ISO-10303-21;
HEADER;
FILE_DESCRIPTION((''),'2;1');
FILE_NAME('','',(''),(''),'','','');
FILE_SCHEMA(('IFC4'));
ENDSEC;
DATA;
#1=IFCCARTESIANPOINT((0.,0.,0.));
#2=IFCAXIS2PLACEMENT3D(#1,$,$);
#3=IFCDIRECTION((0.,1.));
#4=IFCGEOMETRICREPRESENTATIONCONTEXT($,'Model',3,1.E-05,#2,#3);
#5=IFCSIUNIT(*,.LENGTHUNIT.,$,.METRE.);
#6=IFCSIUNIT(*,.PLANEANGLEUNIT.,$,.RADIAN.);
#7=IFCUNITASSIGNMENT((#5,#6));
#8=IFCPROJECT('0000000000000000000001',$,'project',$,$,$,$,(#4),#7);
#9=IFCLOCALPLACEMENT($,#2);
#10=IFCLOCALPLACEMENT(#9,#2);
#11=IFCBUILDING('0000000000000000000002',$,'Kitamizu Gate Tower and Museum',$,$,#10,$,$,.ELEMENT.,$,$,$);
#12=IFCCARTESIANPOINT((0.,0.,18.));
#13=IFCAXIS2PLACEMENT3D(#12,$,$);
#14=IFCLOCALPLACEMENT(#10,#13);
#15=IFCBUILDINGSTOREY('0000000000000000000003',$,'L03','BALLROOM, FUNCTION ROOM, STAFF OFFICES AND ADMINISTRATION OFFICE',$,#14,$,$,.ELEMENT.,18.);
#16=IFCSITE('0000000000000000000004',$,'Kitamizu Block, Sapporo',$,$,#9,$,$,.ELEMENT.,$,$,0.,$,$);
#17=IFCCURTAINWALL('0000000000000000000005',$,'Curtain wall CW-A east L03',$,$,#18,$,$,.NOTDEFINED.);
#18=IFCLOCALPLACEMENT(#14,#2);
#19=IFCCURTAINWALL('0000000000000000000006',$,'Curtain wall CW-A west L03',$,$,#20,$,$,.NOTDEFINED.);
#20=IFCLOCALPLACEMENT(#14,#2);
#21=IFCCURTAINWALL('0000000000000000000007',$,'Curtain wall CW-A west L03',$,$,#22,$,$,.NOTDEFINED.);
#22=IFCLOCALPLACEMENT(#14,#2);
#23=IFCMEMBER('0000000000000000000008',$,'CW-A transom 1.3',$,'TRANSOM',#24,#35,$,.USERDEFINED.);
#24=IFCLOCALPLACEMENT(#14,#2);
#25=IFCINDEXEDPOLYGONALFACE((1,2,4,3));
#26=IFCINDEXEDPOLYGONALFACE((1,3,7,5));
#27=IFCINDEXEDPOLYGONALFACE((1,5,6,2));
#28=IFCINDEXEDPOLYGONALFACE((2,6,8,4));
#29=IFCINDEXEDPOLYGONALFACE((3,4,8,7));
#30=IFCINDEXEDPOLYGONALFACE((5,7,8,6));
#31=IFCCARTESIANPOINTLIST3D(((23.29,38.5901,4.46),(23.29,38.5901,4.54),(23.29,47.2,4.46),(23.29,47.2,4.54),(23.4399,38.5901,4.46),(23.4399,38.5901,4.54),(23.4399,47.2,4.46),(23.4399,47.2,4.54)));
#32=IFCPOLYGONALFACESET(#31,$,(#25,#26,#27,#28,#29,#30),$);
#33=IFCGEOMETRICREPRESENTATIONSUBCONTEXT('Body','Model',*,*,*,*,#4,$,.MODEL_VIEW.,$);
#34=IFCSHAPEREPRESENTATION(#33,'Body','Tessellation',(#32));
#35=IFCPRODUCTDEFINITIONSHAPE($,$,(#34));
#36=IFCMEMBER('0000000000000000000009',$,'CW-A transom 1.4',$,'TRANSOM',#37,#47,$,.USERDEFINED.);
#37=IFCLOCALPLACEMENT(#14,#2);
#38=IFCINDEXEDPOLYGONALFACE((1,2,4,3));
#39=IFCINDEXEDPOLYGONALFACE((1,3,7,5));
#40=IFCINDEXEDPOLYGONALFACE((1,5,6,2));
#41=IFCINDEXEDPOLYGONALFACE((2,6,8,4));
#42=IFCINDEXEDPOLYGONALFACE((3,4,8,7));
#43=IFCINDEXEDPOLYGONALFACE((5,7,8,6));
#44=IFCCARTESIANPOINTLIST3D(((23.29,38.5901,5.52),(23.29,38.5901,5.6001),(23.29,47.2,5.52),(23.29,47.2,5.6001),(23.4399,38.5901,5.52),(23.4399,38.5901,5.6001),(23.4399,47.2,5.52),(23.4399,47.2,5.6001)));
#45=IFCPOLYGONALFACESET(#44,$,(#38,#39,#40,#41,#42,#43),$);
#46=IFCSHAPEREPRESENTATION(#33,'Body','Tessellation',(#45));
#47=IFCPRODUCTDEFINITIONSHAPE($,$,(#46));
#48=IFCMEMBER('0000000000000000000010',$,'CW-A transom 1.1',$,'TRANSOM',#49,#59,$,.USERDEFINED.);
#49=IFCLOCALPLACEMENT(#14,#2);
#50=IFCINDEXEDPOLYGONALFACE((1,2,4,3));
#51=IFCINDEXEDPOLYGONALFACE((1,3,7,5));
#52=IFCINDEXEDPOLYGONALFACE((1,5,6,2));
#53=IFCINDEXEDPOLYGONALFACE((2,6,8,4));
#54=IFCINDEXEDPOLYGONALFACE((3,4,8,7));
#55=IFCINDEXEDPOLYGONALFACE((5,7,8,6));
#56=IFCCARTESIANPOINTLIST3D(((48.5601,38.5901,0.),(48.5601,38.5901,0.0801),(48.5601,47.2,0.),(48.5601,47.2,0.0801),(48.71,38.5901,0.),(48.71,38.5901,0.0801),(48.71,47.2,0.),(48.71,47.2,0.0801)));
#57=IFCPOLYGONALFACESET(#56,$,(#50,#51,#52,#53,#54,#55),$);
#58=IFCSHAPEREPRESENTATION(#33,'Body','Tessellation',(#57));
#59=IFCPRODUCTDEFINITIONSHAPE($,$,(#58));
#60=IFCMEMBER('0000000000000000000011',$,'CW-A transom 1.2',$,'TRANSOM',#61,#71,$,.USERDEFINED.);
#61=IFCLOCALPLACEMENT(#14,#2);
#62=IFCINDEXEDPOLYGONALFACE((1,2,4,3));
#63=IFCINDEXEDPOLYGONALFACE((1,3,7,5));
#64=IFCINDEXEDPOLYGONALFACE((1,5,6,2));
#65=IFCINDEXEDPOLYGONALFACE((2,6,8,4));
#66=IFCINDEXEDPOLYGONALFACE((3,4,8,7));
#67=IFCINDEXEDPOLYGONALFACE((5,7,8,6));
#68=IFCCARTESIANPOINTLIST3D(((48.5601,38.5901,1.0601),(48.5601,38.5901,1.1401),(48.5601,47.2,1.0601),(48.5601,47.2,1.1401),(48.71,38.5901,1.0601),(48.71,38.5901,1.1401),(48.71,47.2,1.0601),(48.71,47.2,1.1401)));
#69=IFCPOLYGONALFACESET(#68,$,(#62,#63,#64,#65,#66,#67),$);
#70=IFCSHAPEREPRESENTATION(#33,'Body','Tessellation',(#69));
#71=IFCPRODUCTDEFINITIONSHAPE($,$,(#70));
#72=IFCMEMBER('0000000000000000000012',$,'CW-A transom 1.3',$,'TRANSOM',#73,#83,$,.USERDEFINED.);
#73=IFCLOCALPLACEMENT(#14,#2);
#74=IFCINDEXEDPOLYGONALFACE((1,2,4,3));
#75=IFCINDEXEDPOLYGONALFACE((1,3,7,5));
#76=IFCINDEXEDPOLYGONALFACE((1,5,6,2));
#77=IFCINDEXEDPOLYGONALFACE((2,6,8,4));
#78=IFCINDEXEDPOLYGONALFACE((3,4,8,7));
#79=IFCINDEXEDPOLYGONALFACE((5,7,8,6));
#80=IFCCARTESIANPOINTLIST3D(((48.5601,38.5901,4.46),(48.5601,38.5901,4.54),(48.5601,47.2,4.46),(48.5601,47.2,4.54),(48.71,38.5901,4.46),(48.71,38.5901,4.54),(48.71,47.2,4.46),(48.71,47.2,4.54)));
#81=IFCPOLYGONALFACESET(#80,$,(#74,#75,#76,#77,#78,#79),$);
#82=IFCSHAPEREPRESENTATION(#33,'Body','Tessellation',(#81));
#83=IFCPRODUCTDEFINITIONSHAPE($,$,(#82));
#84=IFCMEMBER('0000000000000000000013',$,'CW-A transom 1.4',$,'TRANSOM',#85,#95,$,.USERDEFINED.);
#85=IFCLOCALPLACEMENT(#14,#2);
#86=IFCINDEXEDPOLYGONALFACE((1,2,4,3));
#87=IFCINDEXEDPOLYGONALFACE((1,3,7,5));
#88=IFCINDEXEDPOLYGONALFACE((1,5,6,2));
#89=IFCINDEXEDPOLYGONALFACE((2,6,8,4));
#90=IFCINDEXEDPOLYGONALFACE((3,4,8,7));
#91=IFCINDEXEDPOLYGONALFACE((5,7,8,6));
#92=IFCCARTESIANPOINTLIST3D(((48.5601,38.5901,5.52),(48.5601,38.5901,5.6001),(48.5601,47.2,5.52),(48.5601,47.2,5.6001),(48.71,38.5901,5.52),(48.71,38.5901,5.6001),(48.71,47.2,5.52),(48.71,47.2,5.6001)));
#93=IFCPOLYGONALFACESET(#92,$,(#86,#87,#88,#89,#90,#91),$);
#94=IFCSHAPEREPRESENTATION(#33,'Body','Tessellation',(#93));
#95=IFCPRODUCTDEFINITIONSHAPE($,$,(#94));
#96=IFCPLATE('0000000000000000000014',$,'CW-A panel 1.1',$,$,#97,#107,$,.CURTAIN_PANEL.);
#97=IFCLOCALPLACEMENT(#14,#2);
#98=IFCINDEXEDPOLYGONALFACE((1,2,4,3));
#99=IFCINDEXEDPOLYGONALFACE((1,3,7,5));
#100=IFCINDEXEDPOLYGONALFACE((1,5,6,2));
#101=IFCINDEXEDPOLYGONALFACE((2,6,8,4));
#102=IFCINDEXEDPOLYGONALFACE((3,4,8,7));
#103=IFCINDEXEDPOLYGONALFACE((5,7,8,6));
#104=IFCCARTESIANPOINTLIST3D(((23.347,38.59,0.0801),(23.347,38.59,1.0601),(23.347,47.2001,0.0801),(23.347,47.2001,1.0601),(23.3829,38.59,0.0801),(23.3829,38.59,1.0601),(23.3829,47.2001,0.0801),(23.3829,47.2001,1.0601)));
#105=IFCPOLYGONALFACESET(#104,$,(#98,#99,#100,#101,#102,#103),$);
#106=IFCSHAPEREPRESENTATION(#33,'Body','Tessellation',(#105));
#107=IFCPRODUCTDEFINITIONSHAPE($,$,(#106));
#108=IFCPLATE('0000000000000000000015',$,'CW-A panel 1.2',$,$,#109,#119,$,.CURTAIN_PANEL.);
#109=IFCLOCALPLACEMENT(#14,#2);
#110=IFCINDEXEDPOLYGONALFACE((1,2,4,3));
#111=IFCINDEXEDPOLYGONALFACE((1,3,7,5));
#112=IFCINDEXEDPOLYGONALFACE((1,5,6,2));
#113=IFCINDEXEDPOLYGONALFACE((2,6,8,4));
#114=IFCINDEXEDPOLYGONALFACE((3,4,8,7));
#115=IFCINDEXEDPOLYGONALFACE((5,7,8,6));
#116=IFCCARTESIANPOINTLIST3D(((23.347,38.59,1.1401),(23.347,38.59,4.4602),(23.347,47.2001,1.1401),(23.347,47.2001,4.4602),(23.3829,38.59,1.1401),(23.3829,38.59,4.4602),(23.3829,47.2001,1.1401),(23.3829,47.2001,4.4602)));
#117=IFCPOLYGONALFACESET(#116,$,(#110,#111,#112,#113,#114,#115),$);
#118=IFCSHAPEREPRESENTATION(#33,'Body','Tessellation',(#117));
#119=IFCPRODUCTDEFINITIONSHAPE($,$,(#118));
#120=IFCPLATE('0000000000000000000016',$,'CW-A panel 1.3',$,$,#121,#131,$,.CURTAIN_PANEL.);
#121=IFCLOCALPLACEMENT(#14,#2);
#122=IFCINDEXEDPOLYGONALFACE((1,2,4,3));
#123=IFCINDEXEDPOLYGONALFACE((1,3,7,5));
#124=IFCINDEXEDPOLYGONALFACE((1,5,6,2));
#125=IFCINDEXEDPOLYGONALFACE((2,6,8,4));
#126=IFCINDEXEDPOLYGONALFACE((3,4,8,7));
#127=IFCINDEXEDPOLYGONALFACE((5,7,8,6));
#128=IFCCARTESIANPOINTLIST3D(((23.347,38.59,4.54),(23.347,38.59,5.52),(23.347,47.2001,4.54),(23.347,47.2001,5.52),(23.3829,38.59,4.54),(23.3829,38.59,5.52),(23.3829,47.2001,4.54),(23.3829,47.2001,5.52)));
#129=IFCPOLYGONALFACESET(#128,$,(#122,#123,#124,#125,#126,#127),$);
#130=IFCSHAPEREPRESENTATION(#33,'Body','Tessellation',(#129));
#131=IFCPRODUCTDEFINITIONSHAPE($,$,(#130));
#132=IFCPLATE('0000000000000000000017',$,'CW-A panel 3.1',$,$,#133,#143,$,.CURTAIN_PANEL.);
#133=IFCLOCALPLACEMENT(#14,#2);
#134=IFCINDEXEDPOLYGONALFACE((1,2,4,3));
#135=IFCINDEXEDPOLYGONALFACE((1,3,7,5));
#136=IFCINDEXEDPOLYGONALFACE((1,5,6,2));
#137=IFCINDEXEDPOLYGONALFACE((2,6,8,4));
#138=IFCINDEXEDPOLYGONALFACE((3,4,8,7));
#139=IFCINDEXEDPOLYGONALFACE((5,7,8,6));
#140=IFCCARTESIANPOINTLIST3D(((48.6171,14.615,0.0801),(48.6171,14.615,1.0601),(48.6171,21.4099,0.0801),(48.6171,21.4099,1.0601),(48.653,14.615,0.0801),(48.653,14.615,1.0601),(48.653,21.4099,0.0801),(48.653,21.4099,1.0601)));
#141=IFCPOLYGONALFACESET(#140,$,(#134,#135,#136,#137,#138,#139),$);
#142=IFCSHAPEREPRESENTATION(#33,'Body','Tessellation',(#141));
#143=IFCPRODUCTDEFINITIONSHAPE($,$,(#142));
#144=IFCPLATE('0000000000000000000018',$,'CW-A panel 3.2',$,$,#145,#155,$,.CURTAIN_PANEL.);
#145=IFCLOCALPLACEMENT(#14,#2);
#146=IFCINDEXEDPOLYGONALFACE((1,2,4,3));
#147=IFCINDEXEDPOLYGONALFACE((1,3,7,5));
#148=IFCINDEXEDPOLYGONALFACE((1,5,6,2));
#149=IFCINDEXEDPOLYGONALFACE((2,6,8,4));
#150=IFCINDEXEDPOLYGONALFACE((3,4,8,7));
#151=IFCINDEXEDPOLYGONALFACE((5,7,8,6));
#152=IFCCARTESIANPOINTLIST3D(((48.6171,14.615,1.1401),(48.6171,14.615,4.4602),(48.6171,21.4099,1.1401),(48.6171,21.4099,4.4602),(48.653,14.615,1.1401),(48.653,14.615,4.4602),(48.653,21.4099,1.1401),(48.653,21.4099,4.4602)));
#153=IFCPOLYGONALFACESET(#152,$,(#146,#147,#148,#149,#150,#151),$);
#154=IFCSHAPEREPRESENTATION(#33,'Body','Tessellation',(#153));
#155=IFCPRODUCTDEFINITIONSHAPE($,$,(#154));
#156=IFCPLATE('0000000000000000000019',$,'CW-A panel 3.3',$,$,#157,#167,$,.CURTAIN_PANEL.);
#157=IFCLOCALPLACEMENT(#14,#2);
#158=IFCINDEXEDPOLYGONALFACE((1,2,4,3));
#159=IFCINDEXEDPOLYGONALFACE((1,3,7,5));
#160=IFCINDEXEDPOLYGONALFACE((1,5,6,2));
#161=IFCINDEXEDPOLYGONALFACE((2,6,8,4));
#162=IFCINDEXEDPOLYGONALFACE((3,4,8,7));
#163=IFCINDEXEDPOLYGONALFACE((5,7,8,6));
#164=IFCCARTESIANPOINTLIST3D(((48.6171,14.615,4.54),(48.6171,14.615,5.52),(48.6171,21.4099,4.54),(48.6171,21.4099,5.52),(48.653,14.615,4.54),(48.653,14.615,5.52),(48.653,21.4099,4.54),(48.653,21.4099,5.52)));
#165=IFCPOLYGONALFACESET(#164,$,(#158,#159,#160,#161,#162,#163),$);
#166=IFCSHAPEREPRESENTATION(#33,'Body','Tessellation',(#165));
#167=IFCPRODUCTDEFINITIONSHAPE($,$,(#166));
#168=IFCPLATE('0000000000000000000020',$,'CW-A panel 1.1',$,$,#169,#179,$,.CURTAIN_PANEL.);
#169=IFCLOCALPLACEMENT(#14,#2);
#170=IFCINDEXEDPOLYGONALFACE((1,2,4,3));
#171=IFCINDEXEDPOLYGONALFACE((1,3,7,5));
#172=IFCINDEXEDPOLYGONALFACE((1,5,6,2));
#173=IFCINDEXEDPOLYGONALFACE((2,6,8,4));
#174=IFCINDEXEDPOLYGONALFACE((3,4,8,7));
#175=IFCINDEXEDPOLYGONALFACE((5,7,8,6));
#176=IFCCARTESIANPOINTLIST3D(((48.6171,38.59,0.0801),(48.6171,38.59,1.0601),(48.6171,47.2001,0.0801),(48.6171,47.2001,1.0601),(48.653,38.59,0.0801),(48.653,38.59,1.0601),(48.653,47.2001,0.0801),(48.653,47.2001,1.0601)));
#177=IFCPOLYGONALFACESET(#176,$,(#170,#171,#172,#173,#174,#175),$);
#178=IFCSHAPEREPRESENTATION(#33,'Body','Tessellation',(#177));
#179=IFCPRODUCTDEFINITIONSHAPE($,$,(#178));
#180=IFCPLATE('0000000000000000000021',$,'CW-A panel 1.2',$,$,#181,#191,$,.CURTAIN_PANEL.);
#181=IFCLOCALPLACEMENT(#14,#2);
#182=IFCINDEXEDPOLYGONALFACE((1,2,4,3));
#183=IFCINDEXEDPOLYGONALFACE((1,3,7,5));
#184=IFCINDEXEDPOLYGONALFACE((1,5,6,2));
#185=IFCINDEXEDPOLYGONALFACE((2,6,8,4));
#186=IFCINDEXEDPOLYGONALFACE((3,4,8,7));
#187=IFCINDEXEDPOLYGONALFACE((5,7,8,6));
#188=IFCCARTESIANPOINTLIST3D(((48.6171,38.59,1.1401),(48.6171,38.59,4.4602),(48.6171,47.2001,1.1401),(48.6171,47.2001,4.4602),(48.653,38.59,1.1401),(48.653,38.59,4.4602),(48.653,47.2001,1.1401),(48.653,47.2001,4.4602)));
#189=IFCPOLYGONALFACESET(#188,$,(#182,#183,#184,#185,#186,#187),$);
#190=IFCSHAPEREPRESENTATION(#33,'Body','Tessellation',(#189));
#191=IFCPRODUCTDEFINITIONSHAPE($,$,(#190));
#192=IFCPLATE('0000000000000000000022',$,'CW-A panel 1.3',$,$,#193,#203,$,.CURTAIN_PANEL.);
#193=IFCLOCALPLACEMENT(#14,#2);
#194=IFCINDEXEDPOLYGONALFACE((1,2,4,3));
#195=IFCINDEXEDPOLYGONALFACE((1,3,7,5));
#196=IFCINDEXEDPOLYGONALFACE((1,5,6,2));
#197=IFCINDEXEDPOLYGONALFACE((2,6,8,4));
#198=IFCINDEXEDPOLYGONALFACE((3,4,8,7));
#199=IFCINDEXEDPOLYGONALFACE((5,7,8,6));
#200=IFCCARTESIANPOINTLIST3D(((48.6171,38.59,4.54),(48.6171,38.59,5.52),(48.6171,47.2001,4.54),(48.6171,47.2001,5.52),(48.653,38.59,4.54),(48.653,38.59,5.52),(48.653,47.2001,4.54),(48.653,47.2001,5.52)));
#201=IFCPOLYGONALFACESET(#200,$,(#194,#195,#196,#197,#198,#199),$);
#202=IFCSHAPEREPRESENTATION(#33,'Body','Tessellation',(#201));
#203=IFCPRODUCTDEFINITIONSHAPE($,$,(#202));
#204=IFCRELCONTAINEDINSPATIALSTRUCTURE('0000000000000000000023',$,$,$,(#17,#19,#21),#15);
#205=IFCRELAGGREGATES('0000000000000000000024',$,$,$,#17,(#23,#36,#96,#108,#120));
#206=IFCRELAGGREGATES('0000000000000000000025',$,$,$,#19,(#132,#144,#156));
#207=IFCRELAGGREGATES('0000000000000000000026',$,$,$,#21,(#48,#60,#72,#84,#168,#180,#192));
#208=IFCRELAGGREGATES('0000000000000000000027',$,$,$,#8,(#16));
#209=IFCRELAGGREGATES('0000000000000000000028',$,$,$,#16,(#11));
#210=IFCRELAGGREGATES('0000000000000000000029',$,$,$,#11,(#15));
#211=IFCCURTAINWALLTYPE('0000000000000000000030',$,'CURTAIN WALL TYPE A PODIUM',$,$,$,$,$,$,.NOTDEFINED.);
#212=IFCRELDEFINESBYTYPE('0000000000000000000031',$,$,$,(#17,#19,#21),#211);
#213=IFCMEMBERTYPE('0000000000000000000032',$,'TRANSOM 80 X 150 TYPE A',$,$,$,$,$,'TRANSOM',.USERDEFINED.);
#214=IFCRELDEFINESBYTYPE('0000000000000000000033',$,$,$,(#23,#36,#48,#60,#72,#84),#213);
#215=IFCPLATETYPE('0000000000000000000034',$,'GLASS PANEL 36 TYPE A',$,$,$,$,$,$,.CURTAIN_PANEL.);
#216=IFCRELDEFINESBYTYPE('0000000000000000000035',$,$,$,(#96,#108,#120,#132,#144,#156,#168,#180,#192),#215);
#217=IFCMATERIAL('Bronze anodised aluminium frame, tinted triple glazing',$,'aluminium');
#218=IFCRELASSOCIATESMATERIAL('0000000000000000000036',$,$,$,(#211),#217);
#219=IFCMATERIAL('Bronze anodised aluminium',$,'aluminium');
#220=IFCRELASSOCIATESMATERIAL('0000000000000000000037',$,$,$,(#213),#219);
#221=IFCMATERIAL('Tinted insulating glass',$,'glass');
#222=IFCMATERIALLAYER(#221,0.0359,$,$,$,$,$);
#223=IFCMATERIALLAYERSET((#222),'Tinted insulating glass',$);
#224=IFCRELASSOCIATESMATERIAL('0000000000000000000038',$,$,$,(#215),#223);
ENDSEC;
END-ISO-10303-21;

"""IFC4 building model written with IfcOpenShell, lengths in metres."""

from ifc_helpers import new_model, si_unit, direction, frame, origin, origin_2d, place, context, subcontext, project, spatial, rectangle, extrude, material, layer, layer_set, material_profile, profile_set, type_object, element, aggregate, save


model = new_model("IFC4")

# Units and contexts
model_context = context("Model", 3, precision=1e-05, world=origin(), true_north=direction((0.0, 1.0)))
body_context = subcontext(model_context, "Body", "Model", "MODEL_VIEW")
ifc_project = project(units=[si_unit("LENGTHUNIT", "METRE"), si_unit("PLANEANGLEUNIT", "RADIAN")], contexts=[model_context])

# Site, building, storey
site_placement = place(None, origin())
site = spatial("IfcSite", under=ifc_project, at=site_placement, Name="Kitamizu Block, Sapporo", CompositionType="ELEMENT", RefElevation=0.0)
building_placement = place(site_placement, origin())
building = spatial("IfcBuilding", under=site, at=building_placement, Name="Kitamizu Gate Tower and Museum", CompositionType="ELEMENT")
storey_placement = place(building_placement, frame((0.0, 0.0, 18.0)))
storey = spatial("IfcBuildingStorey", under=building, at=storey_placement, Name="L03", Description="BALLROOM, FUNCTION ROOM, STAFF OFFICES AND ADMINISTRATION OFFICE", CompositionType="ELEMENT", Elevation=18.0)

# Curtain wall
ifc_material_1 = material(Name="Bronze anodised aluminium frame, tinted triple glazing", Category="aluminium")
curtain_wall_type = type_object("IfcCurtainWallType", Name="CURTAIN WALL TYPE A PODIUM", PredefinedType="NOTDEFINED", material=ifc_material_1)
curtain_wall_1_placement = place(storey_placement, origin())
curtain_wall_1 = element("IfcCurtainWall", 1, at=curtain_wall_1_placement, inside=storey, type_object=curtain_wall_type, Name="Curtain wall CW-A east L03", PredefinedType="NOTDEFINED")

# Curtain wall
curtain_wall_2_placement = place(storey_placement, origin())
curtain_wall_2 = element("IfcCurtainWall", 2, at=curtain_wall_2_placement, inside=storey, type_object=curtain_wall_type, Name="Curtain wall CW-A west L03", PredefinedType="NOTDEFINED")

# Curtain wall
curtain_wall_3_placement = place(storey_placement, origin())
curtain_wall_3 = element("IfcCurtainWall", 3, at=curtain_wall_3_placement, inside=storey, type_object=curtain_wall_type, Name="Curtain wall CW-A west L03", PredefinedType="NOTDEFINED")

# Members
ifc_material_2 = material(Name="Bronze anodised aluminium", Category="aluminium")
ifc_material_profile_1 = material_profile(ifc_material_2, rectangle(XDim=0.1499, YDim=0.0801, at=origin_2d()), Name="AL 80X150")
ifc_profile_set_1 = profile_set([ifc_material_profile_1], Name="Bronze anodised aluminium")
member_type_1 = type_object("IfcMemberType", Name="TRANSOM 80 X 150 TYPE A", ElementType="TRANSOM", PredefinedType="USERDEFINED", material=ifc_profile_set_1)
member_1_placement = place(storey_placement, frame((23.365, 38.5901, 4.5), z_axis=(0.0, 1.0, 0.0), x_axis=(-1.0, 0.0, 0.0)))
member_1 = element("IfcMember", 4, at=member_1_placement, type_object=member_type_1, Name="CW-A transom 1.3", ObjectType="TRANSOM", PredefinedType="USERDEFINED", context=body_context, shape_type="SweptSolid", body=[
    extrude(rectangle(XDim=0.1499, YDim=0.0801, at=origin_2d()), origin(), (0.0, 0.0, 1.0), 8.6099),
])
member_2_placement = place(storey_placement, frame((23.365, 38.5901, 5.5601), z_axis=(0.0, 1.0, 0.0), x_axis=(-1.0, 0.0, 0.0)))
member_2 = element("IfcMember", 5, at=member_2_placement, type_object=member_type_1, Name="CW-A transom 1.4", ObjectType="TRANSOM", PredefinedType="USERDEFINED", context=body_context, shape_type="SweptSolid", body=[
    extrude(rectangle(XDim=0.1499, YDim=0.0801, at=origin_2d()), origin(), (0.0, 0.0, 1.0), 8.6099),
])
member_3_placement = place(storey_placement, frame((48.635, 38.5901, 0.04), z_axis=(0.0, 1.0, 0.0), x_axis=(-1.0, 0.0, 0.0)))
member_3 = element("IfcMember", 6, at=member_3_placement, type_object=member_type_1, Name="CW-A transom 1.1", ObjectType="TRANSOM", PredefinedType="USERDEFINED", context=body_context, shape_type="SweptSolid", body=[
    extrude(rectangle(XDim=0.1499, YDim=0.0801, at=origin_2d()), origin(), (0.0, 0.0, 1.0), 8.6099),
])
member_4_placement = place(storey_placement, frame((48.635, 38.5901, 1.1001), z_axis=(0.0, 1.0, 0.0), x_axis=(-1.0, 0.0, 0.0)))
member_4 = element("IfcMember", 7, at=member_4_placement, type_object=member_type_1, Name="CW-A transom 1.2", ObjectType="TRANSOM", PredefinedType="USERDEFINED", context=body_context, shape_type="SweptSolid", body=[
    extrude(rectangle(XDim=0.1499, YDim=0.0801, at=origin_2d()), origin(), (0.0, 0.0, 1.0), 8.6099),
])
member_5_placement = place(storey_placement, frame((48.635, 38.5901, 4.5), z_axis=(0.0, 1.0, 0.0), x_axis=(-1.0, 0.0, 0.0)))
member_5 = element("IfcMember", 8, at=member_5_placement, type_object=member_type_1, Name="CW-A transom 1.3", ObjectType="TRANSOM", PredefinedType="USERDEFINED", context=body_context, shape_type="SweptSolid", body=[
    extrude(rectangle(XDim=0.1499, YDim=0.0801, at=origin_2d()), origin(), (0.0, 0.0, 1.0), 8.6099),
])
member_6_placement = place(storey_placement, frame((48.635, 38.5901, 5.5601), z_axis=(0.0, 1.0, 0.0), x_axis=(-1.0, 0.0, 0.0)))
member_6 = element("IfcMember", 9, at=member_6_placement, type_object=member_type_1, Name="CW-A transom 1.4", ObjectType="TRANSOM", PredefinedType="USERDEFINED", context=body_context, shape_type="SweptSolid", body=[
    extrude(rectangle(XDim=0.1499, YDim=0.0801, at=origin_2d()), origin(), (0.0, 0.0, 1.0), 8.6099),
])

# Plates
ifc_material_3 = material(Name="Tinted insulating glass", Category="glass")
ifc_layer_1 = layer(ifc_material_3, 0.0359)
ifc_layer_set_1 = layer_set([ifc_layer_1], Name="Tinted insulating glass")
plate_type = type_object("IfcPlateType", Name="GLASS PANEL 36 TYPE A", PredefinedType="CURTAIN_PANEL", material=ifc_layer_set_1)
plate_1_placement = place(storey_placement, frame((23.365, 42.895, 0.0801), z_axis=(0.0, 0.0, 1.0), x_axis=(0.0, 1.0, 0.0)))
plate_1 = element("IfcPlate", 10, at=plate_1_placement, type_object=plate_type, Name="CW-A panel 1.1", PredefinedType="CURTAIN_PANEL", context=body_context, shape_type="SweptSolid", body=[
    extrude(rectangle(XDim=8.6101, YDim=0.0359, at=origin_2d()), origin(), (0.0, 0.0, 1.0), 0.98),
])
plate_2_placement = place(storey_placement, frame((23.365, 42.895, 1.1401), z_axis=(0.0, 0.0, 1.0), x_axis=(0.0, 1.0, 0.0)))
plate_2 = element("IfcPlate", 11, at=plate_2_placement, type_object=plate_type, Name="CW-A panel 1.2", PredefinedType="CURTAIN_PANEL", context=body_context, shape_type="SweptSolid", body=[
    extrude(rectangle(XDim=8.6101, YDim=0.0359, at=origin_2d()), origin(), (0.0, 0.0, 1.0), 3.3201),
])
plate_3_placement = place(storey_placement, frame((23.365, 42.895, 4.54), z_axis=(0.0, 0.0, 1.0), x_axis=(0.0, 1.0, 0.0)))
plate_3 = element("IfcPlate", 12, at=plate_3_placement, type_object=plate_type, Name="CW-A panel 1.3", PredefinedType="CURTAIN_PANEL", context=body_context, shape_type="SweptSolid", body=[
    extrude(rectangle(XDim=8.6101, YDim=0.0359, at=origin_2d()), origin(), (0.0, 0.0, 1.0), 0.98),
])
aggregate(curtain_wall_1, [member_1, member_2, plate_1, plate_2, plate_3])
plate_4_placement = place(storey_placement, frame((48.635, 18.0125, 0.0801), z_axis=(0.0, 0.0, 1.0), x_axis=(0.0, 1.0, 0.0)))
plate_4 = element("IfcPlate", 13, at=plate_4_placement, type_object=plate_type, Name="CW-A panel 3.1", PredefinedType="CURTAIN_PANEL", context=body_context, shape_type="SweptSolid", body=[
    extrude(rectangle(XDim=6.7949, YDim=0.0359, at=origin_2d()), origin(), (0.0, 0.0, 1.0), 0.98),
])
plate_5_placement = place(storey_placement, frame((48.635, 18.0125, 1.1401), z_axis=(0.0, 0.0, 1.0), x_axis=(0.0, 1.0, 0.0)))
plate_5 = element("IfcPlate", 14, at=plate_5_placement, type_object=plate_type, Name="CW-A panel 3.2", PredefinedType="CURTAIN_PANEL", context=body_context, shape_type="SweptSolid", body=[
    extrude(rectangle(XDim=6.7949, YDim=0.0359, at=origin_2d()), origin(), (0.0, 0.0, 1.0), 3.3201),
])
plate_6_placement = place(storey_placement, frame((48.635, 18.0125, 4.54), z_axis=(0.0, 0.0, 1.0), x_axis=(0.0, 1.0, 0.0)))
plate_6 = element("IfcPlate", 15, at=plate_6_placement, type_object=plate_type, Name="CW-A panel 3.3", PredefinedType="CURTAIN_PANEL", context=body_context, shape_type="SweptSolid", body=[
    extrude(rectangle(XDim=6.7949, YDim=0.0359, at=origin_2d()), origin(), (0.0, 0.0, 1.0), 0.98),
])
aggregate(curtain_wall_2, [plate_4, plate_5, plate_6])
plate_7_placement = place(storey_placement, frame((48.635, 42.895, 0.0801), z_axis=(0.0, 0.0, 1.0), x_axis=(0.0, 1.0, 0.0)))
plate_7 = element("IfcPlate", 16, at=plate_7_placement, type_object=plate_type, Name="CW-A panel 1.1", PredefinedType="CURTAIN_PANEL", context=body_context, shape_type="SweptSolid", body=[
    extrude(rectangle(XDim=8.6101, YDim=0.0359, at=origin_2d()), origin(), (0.0, 0.0, 1.0), 0.98),
])
plate_8_placement = place(storey_placement, frame((48.635, 42.895, 1.1401), z_axis=(0.0, 0.0, 1.0), x_axis=(0.0, 1.0, 0.0)))
plate_8 = element("IfcPlate", 17, at=plate_8_placement, type_object=plate_type, Name="CW-A panel 1.2", PredefinedType="CURTAIN_PANEL", context=body_context, shape_type="SweptSolid", body=[
    extrude(rectangle(XDim=8.6101, YDim=0.0359, at=origin_2d()), origin(), (0.0, 0.0, 1.0), 3.3201),
])
plate_9_placement = place(storey_placement, frame((48.635, 42.895, 4.54), z_axis=(0.0, 0.0, 1.0), x_axis=(0.0, 1.0, 0.0)))
plate_9 = element("IfcPlate", 18, at=plate_9_placement, type_object=plate_type, Name="CW-A panel 1.3", PredefinedType="CURTAIN_PANEL", context=body_context, shape_type="SweptSolid", body=[
    extrude(rectangle(XDim=8.6101, YDim=0.0359, at=origin_2d()), origin(), (0.0, 0.0, 1.0), 0.98),
])
aggregate(curtain_wall_3, [member_3, member_4, member_5, member_6, plate_7, plate_8, plate_9])

save(model, "model.ifc")
